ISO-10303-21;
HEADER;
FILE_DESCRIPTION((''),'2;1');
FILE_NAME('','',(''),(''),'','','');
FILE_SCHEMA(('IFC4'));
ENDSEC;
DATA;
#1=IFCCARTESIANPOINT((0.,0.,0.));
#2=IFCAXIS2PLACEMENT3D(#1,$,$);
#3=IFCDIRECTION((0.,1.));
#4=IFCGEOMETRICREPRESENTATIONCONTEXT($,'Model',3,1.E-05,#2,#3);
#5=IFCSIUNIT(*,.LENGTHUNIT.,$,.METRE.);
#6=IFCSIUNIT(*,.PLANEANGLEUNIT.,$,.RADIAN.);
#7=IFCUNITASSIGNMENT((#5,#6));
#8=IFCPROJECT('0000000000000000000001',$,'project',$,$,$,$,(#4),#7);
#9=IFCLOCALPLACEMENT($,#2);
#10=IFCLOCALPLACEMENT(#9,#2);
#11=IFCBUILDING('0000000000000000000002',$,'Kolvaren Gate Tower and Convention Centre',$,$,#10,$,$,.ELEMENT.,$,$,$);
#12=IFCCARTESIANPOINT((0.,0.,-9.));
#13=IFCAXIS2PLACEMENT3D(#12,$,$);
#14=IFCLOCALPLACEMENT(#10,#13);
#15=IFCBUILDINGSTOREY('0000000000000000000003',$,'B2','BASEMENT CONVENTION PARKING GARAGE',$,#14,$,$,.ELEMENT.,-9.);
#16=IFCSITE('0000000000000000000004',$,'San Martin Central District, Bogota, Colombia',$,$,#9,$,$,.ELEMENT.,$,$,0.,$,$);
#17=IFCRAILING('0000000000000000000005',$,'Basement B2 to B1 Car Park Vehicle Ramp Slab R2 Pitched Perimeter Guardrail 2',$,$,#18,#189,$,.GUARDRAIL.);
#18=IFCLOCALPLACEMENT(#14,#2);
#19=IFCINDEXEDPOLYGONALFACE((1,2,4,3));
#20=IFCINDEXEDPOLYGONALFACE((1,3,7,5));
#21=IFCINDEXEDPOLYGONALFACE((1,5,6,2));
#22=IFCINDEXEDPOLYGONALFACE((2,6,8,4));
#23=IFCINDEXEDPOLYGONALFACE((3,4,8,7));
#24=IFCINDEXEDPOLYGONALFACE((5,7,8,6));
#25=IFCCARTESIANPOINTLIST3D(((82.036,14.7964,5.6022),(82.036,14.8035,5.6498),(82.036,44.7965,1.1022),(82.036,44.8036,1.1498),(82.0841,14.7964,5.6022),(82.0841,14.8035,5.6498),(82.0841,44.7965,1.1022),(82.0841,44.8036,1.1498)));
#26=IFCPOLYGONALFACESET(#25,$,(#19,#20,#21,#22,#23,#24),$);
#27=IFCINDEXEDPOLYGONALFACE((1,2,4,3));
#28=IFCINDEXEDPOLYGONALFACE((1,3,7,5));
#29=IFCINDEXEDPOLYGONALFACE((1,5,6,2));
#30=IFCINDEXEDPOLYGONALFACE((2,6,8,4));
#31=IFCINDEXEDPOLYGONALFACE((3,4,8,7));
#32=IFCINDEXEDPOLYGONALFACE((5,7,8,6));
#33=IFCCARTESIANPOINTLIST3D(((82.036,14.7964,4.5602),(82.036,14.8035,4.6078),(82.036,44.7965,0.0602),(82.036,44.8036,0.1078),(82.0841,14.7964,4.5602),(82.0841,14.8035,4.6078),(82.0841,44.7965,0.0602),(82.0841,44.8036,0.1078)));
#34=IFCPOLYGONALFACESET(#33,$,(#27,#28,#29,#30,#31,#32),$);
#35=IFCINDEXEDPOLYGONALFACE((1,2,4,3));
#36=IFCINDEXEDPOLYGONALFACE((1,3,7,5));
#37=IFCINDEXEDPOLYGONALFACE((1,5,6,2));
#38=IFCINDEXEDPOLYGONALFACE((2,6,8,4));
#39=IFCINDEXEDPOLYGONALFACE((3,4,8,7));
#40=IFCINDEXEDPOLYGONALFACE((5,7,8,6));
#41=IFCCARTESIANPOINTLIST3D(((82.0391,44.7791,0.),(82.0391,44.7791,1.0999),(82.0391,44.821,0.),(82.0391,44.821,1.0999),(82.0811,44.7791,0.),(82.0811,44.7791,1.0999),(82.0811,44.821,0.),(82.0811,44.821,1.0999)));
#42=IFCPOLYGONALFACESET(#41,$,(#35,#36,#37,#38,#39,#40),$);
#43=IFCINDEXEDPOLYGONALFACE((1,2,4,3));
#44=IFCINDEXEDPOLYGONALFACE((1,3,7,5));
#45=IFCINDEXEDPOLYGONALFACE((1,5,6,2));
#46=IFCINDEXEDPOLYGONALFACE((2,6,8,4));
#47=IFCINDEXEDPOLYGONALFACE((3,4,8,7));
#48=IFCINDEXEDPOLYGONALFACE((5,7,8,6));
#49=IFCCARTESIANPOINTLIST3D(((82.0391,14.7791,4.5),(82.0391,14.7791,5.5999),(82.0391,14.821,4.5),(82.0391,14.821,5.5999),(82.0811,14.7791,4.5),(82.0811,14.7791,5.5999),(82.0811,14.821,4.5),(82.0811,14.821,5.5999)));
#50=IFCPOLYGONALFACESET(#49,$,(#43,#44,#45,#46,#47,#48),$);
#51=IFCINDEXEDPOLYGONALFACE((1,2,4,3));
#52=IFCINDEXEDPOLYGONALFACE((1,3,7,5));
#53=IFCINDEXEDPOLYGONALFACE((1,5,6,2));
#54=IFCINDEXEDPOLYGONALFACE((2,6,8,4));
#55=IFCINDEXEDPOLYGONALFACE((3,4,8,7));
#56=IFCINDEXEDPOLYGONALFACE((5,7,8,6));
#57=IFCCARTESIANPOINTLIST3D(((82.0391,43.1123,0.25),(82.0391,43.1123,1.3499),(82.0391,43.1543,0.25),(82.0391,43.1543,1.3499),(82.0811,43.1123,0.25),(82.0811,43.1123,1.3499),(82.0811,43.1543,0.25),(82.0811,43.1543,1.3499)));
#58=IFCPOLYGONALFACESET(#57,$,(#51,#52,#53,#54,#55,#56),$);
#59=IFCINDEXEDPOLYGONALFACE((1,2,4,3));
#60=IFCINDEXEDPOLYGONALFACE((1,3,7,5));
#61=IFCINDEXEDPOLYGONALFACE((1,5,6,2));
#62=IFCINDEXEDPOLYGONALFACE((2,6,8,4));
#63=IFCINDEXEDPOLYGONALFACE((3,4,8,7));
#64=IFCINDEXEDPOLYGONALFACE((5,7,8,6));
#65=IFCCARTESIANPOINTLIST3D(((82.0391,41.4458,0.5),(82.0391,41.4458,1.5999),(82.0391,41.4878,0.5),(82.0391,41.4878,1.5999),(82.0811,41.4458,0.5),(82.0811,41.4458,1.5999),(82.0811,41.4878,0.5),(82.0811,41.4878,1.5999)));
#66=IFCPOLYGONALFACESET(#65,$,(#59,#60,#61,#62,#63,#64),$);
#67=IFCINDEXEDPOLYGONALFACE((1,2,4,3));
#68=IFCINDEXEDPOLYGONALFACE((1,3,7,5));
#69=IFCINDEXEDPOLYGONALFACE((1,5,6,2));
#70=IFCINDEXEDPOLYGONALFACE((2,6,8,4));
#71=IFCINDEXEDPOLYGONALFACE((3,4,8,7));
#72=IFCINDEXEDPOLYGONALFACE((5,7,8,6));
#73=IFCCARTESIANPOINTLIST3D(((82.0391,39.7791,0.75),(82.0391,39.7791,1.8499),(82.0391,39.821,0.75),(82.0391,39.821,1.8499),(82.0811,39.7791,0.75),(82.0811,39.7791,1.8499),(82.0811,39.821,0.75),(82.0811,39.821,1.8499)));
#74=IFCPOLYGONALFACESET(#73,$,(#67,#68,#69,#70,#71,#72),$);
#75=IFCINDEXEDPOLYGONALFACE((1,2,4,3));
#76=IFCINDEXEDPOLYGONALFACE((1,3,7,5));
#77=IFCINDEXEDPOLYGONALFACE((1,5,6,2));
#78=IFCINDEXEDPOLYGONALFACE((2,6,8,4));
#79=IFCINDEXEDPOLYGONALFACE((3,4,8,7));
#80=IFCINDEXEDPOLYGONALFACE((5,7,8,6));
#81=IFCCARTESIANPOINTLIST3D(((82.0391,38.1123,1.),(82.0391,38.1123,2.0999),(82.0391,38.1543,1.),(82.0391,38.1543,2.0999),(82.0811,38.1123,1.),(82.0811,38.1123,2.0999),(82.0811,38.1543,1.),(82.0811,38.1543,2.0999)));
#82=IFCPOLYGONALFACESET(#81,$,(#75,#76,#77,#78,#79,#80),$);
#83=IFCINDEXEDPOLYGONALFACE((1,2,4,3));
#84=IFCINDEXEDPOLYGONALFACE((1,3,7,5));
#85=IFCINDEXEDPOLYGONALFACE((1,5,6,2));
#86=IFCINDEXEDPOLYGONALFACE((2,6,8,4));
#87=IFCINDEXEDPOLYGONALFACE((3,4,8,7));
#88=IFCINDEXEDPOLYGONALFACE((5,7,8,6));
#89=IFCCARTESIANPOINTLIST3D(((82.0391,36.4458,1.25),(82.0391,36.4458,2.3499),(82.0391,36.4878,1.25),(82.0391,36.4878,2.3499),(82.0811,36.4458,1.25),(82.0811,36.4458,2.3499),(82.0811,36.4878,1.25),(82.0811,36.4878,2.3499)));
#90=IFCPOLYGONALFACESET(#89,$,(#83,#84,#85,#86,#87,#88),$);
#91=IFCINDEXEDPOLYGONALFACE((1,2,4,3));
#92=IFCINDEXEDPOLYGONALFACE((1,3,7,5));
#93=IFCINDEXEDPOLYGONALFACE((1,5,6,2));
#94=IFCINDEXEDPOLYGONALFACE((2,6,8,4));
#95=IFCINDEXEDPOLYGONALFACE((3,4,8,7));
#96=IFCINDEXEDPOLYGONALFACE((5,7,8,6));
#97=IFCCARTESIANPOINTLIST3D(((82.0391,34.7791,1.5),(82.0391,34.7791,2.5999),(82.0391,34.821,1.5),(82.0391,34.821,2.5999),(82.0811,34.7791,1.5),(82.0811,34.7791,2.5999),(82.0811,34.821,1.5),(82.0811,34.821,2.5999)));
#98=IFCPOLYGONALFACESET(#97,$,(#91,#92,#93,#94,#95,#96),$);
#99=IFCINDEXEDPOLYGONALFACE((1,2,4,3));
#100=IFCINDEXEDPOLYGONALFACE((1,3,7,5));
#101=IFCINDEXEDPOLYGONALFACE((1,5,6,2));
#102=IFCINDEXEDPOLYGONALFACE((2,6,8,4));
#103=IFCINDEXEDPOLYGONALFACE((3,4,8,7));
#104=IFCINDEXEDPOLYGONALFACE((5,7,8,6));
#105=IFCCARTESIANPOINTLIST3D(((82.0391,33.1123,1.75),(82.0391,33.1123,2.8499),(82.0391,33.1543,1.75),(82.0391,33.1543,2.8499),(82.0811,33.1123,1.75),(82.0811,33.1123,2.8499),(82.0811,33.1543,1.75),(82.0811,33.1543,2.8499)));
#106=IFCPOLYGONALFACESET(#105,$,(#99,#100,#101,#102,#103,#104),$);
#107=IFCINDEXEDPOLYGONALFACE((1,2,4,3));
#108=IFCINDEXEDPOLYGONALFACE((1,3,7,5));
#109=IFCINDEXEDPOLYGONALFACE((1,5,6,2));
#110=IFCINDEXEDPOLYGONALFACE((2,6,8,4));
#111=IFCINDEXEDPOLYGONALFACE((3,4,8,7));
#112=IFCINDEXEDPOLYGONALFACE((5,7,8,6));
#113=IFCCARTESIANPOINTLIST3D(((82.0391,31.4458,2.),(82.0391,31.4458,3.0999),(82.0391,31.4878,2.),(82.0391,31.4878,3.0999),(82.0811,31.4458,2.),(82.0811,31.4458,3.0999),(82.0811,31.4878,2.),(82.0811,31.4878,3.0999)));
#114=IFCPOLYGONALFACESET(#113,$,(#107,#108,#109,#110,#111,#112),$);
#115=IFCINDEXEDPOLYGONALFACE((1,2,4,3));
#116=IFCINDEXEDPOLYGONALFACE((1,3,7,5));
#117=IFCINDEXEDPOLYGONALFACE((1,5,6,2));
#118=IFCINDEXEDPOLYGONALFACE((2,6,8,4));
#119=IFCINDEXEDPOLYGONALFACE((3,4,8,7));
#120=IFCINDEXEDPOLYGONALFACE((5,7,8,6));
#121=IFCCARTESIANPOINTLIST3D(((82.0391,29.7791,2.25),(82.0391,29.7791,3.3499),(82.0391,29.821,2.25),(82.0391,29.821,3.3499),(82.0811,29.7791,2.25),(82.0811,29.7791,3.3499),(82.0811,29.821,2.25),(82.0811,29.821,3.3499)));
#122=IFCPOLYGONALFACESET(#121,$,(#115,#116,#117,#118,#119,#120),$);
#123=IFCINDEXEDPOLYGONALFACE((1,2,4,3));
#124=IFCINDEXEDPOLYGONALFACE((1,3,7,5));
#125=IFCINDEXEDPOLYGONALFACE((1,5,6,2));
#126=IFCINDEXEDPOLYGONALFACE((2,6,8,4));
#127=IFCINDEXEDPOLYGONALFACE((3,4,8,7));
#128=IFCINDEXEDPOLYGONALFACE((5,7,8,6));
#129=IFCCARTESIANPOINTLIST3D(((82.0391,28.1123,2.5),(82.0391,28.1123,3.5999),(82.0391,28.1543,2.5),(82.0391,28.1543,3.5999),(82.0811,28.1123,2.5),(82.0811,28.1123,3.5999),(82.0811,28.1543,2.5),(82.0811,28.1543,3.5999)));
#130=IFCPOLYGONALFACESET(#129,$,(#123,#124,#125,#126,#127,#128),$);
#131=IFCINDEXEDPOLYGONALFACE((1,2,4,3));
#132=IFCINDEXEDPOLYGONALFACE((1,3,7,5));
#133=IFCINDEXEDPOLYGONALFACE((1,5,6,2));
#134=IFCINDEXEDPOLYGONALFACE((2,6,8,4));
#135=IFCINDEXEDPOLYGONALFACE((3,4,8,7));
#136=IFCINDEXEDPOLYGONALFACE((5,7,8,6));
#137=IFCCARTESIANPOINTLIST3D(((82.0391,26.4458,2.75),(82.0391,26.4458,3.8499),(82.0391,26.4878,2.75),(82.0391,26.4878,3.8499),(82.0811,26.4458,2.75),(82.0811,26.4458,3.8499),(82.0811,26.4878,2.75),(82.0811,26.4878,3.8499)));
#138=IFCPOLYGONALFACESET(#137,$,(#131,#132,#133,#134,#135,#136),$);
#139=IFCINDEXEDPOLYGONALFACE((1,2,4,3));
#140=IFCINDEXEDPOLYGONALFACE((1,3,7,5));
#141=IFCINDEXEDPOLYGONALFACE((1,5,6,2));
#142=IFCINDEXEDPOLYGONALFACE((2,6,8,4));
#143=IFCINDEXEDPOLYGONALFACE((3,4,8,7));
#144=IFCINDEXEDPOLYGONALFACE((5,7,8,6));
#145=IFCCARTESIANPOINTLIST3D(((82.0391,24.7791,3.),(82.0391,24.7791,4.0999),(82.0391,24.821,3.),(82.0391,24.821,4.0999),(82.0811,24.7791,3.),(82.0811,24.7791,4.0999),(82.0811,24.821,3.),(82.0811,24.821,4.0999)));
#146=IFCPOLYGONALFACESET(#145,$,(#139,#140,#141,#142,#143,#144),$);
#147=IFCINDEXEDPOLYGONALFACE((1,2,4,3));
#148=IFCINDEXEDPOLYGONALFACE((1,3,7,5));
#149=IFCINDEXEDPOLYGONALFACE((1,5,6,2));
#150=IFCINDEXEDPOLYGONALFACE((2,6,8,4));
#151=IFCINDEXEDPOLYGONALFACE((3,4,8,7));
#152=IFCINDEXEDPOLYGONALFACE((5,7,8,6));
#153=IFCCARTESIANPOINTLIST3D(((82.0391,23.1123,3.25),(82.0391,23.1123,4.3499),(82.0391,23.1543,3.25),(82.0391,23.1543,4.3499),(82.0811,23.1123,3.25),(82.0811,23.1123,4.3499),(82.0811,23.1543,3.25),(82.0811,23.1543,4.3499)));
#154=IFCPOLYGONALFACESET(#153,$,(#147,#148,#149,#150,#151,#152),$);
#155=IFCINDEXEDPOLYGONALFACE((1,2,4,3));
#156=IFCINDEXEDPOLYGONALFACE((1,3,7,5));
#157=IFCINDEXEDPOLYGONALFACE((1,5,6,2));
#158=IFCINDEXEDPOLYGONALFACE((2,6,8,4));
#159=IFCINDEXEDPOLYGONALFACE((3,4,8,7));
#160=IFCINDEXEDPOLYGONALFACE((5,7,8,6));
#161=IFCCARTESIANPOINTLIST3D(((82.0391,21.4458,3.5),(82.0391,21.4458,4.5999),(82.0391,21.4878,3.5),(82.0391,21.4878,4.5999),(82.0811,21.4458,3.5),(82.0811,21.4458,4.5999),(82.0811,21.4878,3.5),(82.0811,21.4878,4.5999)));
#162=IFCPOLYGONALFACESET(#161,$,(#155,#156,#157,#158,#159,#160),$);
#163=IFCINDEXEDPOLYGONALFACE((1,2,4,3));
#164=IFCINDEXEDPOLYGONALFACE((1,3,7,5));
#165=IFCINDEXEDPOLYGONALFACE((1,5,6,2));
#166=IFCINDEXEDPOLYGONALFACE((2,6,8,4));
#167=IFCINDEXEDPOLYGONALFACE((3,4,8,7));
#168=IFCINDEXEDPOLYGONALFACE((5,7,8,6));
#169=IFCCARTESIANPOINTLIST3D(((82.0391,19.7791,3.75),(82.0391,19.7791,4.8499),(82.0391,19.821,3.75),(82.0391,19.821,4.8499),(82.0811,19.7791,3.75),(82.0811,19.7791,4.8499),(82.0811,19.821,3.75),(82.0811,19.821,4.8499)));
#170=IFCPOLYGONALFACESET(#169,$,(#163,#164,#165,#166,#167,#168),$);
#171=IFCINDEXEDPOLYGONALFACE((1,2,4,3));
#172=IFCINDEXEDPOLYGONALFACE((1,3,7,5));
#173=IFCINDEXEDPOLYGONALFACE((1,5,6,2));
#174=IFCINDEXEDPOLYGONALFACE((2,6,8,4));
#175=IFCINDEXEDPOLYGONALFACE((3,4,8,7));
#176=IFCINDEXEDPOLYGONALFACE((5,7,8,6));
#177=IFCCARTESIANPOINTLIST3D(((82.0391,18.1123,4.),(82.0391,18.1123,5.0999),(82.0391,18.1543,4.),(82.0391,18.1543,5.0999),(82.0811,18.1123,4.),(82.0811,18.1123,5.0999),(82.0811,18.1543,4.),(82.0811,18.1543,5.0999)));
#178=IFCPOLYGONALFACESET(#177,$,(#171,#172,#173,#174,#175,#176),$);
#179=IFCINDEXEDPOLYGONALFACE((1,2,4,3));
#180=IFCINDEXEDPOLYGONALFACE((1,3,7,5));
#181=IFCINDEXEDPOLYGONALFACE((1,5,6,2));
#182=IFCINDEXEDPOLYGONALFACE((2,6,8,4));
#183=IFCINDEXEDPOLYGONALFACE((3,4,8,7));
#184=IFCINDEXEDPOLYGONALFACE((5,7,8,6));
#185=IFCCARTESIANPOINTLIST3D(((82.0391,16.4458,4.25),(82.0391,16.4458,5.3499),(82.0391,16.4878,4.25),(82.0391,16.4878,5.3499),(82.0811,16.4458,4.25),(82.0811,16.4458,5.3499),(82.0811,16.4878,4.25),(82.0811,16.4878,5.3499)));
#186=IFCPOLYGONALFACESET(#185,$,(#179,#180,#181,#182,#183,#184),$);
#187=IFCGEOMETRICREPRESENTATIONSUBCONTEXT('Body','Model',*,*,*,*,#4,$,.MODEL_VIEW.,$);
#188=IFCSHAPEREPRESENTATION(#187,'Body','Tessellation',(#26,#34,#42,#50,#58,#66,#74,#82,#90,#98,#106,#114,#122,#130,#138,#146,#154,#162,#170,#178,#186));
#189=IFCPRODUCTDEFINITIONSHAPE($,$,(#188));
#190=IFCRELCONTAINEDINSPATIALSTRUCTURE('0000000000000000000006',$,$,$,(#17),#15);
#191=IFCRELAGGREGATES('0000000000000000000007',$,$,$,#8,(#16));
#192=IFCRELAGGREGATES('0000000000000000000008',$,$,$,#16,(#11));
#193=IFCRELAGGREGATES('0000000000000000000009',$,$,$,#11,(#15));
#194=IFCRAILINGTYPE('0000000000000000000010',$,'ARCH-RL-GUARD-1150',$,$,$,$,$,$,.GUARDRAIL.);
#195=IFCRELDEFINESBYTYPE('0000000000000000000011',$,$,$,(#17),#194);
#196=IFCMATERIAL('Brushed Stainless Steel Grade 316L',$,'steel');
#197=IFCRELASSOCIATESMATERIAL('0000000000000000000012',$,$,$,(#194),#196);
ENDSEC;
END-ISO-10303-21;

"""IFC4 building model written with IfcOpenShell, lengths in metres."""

from ifc_helpers import new_model, si_unit, direction, frame, origin, origin_2d, place, context, subcontext, project, spatial, rectangle, extrude, material, type_object, element, save


model = new_model("IFC4")

# Units and contexts
model_context = context("Model", 3, precision=1e-05, world=origin(), true_north=direction((0.0, 1.0)))
body_context = subcontext(model_context, "Body", "Model", "MODEL_VIEW")
ifc_project = project(units=[si_unit("LENGTHUNIT", "METRE"), si_unit("PLANEANGLEUNIT", "RADIAN")], contexts=[model_context])

# Site, building, storey
site_placement = place(None, origin())
site = spatial("IfcSite", under=ifc_project, at=site_placement, Name="San Martin Central District, Bogota, Colombia", CompositionType="ELEMENT", RefElevation=0.0)
building_placement = place(site_placement, origin())
building = spatial("IfcBuilding", under=site, at=building_placement, Name="Kolvaren Gate Tower and Convention Centre", CompositionType="ELEMENT")
storey_placement = place(building_placement, frame((0.0, 0.0, -9.0)))
storey = spatial("IfcBuildingStorey", under=building, at=storey_placement, Name="B2", Description="BASEMENT CONVENTION PARKING GARAGE", CompositionType="ELEMENT", Elevation=-9.0)

# Shared definitions
ifc_material_1 = material(Name="Brushed Stainless Steel Grade 316L", Category="steel")

# Railing
railing_type = type_object("IfcRailingType", Name="ARCH-RL-GUARD-1150", PredefinedType="GUARDRAIL", material=ifc_material_1)
railing_1_placement = place(storey_placement, frame((82.0601, 44.8, 0.0)))
element("IfcRailing", 1, at=railing_1_placement, inside=storey, type_object=railing_type, Name="Basement B2 to B1 Car Park Vehicle Ramp Slab R2 Pitched Perimeter Guardrail 2", PredefinedType="GUARDRAIL", context=body_context, shape_type="SweptSolid", body=[
    extrude(rectangle(XDim=0.0481, YDim=0.0481, at=origin_2d()), frame((0.0, 0.0, 1.126), z_axis=(0.0, -0.988936, 0.14834), x_axis=(1.0, 0.0, 0.0)), (0.0, 0.0, 1.0), 30.3357),
    extrude(rectangle(XDim=0.0481, YDim=0.0481, at=origin_2d()), frame((0.0, 0.0, 0.084), z_axis=(0.0, -0.988936, 0.14834), x_axis=(1.0, 0.0, 0.0)), (0.0, 0.0, 1.0), 30.3357),
    extrude(rectangle(XDim=0.042, YDim=0.042, at=origin_2d()), origin(), (0.0, 0.0, 1.0), 1.0999),
    extrude(rectangle(XDim=0.042, YDim=0.042, at=origin_2d()), frame((0.0, -30.0, 4.5)), (0.0, 0.0, 1.0), 1.0999),
    extrude(rectangle(XDim=0.042, YDim=0.042, at=origin_2d()), frame((0.0, -1.6667, 0.25)), (0.0, 0.0, 1.0), 1.0999),
    extrude(rectangle(XDim=0.042, YDim=0.042, at=origin_2d()), frame((0.0, -3.3333, 0.5)), (0.0, 0.0, 1.0), 1.0999),
    extrude(rectangle(XDim=0.042, YDim=0.042, at=origin_2d()), frame((0.0, -5.0, 0.75)), (0.0, 0.0, 1.0), 1.0999),
    extrude(rectangle(XDim=0.042, YDim=0.042, at=origin_2d()), frame((0.0, -6.6667, 1.0)), (0.0, 0.0, 1.0), 1.0999),
    extrude(rectangle(XDim=0.042, YDim=0.042, at=origin_2d()), frame((0.0, -8.3333, 1.25)), (0.0, 0.0, 1.0), 1.0999),
    extrude(rectangle(XDim=0.042, YDim=0.042, at=origin_2d()), frame((0.0, -10.0, 1.5)), (0.0, 0.0, 1.0), 1.0999),
    extrude(rectangle(XDim=0.042, YDim=0.042, at=origin_2d()), frame((0.0, -11.6667, 1.75)), (0.0, 0.0, 1.0), 1.0999),
    extrude(rectangle(XDim=0.042, YDim=0.042, at=origin_2d()), frame((0.0, -13.3333, 2.0)), (0.0, 0.0, 1.0), 1.0999),
    extrude(rectangle(XDim=0.042, YDim=0.042, at=origin_2d()), frame((0.0, -15.0, 2.25)), (0.0, 0.0, 1.0), 1.0999),
    extrude(rectangle(XDim=0.042, YDim=0.042, at=origin_2d()), frame((0.0, -16.6667, 2.5)), (0.0, 0.0, 1.0), 1.0999),
    extrude(rectangle(XDim=0.042, YDim=0.042, at=origin_2d()), frame((0.0, -18.3333, 2.75)), (0.0, 0.0, 1.0), 1.0999),
    extrude(rectangle(XDim=0.042, YDim=0.042, at=origin_2d()), frame((0.0, -20.0, 3.0)), (0.0, 0.0, 1.0), 1.0999),
    extrude(rectangle(XDim=0.042, YDim=0.042, at=origin_2d()), frame((0.0, -21.6667, 3.25)), (0.0, 0.0, 1.0), 1.0999),
    extrude(rectangle(XDim=0.042, YDim=0.042, at=origin_2d()), frame((0.0, -23.3333, 3.5)), (0.0, 0.0, 1.0), 1.0999),
    extrude(rectangle(XDim=0.042, YDim=0.042, at=origin_2d()), frame((0.0, -25.0, 3.75)), (0.0, 0.0, 1.0), 1.0999),
    extrude(rectangle(XDim=0.042, YDim=0.042, at=origin_2d()), frame((0.0, -26.6667, 4.0)), (0.0, 0.0, 1.0), 1.0999),
    extrude(rectangle(XDim=0.042, YDim=0.042, at=origin_2d()), frame((0.0, -28.3333, 4.25)), (0.0, 0.0, 1.0), 1.0999),
])

save(model, "model.ifc")
